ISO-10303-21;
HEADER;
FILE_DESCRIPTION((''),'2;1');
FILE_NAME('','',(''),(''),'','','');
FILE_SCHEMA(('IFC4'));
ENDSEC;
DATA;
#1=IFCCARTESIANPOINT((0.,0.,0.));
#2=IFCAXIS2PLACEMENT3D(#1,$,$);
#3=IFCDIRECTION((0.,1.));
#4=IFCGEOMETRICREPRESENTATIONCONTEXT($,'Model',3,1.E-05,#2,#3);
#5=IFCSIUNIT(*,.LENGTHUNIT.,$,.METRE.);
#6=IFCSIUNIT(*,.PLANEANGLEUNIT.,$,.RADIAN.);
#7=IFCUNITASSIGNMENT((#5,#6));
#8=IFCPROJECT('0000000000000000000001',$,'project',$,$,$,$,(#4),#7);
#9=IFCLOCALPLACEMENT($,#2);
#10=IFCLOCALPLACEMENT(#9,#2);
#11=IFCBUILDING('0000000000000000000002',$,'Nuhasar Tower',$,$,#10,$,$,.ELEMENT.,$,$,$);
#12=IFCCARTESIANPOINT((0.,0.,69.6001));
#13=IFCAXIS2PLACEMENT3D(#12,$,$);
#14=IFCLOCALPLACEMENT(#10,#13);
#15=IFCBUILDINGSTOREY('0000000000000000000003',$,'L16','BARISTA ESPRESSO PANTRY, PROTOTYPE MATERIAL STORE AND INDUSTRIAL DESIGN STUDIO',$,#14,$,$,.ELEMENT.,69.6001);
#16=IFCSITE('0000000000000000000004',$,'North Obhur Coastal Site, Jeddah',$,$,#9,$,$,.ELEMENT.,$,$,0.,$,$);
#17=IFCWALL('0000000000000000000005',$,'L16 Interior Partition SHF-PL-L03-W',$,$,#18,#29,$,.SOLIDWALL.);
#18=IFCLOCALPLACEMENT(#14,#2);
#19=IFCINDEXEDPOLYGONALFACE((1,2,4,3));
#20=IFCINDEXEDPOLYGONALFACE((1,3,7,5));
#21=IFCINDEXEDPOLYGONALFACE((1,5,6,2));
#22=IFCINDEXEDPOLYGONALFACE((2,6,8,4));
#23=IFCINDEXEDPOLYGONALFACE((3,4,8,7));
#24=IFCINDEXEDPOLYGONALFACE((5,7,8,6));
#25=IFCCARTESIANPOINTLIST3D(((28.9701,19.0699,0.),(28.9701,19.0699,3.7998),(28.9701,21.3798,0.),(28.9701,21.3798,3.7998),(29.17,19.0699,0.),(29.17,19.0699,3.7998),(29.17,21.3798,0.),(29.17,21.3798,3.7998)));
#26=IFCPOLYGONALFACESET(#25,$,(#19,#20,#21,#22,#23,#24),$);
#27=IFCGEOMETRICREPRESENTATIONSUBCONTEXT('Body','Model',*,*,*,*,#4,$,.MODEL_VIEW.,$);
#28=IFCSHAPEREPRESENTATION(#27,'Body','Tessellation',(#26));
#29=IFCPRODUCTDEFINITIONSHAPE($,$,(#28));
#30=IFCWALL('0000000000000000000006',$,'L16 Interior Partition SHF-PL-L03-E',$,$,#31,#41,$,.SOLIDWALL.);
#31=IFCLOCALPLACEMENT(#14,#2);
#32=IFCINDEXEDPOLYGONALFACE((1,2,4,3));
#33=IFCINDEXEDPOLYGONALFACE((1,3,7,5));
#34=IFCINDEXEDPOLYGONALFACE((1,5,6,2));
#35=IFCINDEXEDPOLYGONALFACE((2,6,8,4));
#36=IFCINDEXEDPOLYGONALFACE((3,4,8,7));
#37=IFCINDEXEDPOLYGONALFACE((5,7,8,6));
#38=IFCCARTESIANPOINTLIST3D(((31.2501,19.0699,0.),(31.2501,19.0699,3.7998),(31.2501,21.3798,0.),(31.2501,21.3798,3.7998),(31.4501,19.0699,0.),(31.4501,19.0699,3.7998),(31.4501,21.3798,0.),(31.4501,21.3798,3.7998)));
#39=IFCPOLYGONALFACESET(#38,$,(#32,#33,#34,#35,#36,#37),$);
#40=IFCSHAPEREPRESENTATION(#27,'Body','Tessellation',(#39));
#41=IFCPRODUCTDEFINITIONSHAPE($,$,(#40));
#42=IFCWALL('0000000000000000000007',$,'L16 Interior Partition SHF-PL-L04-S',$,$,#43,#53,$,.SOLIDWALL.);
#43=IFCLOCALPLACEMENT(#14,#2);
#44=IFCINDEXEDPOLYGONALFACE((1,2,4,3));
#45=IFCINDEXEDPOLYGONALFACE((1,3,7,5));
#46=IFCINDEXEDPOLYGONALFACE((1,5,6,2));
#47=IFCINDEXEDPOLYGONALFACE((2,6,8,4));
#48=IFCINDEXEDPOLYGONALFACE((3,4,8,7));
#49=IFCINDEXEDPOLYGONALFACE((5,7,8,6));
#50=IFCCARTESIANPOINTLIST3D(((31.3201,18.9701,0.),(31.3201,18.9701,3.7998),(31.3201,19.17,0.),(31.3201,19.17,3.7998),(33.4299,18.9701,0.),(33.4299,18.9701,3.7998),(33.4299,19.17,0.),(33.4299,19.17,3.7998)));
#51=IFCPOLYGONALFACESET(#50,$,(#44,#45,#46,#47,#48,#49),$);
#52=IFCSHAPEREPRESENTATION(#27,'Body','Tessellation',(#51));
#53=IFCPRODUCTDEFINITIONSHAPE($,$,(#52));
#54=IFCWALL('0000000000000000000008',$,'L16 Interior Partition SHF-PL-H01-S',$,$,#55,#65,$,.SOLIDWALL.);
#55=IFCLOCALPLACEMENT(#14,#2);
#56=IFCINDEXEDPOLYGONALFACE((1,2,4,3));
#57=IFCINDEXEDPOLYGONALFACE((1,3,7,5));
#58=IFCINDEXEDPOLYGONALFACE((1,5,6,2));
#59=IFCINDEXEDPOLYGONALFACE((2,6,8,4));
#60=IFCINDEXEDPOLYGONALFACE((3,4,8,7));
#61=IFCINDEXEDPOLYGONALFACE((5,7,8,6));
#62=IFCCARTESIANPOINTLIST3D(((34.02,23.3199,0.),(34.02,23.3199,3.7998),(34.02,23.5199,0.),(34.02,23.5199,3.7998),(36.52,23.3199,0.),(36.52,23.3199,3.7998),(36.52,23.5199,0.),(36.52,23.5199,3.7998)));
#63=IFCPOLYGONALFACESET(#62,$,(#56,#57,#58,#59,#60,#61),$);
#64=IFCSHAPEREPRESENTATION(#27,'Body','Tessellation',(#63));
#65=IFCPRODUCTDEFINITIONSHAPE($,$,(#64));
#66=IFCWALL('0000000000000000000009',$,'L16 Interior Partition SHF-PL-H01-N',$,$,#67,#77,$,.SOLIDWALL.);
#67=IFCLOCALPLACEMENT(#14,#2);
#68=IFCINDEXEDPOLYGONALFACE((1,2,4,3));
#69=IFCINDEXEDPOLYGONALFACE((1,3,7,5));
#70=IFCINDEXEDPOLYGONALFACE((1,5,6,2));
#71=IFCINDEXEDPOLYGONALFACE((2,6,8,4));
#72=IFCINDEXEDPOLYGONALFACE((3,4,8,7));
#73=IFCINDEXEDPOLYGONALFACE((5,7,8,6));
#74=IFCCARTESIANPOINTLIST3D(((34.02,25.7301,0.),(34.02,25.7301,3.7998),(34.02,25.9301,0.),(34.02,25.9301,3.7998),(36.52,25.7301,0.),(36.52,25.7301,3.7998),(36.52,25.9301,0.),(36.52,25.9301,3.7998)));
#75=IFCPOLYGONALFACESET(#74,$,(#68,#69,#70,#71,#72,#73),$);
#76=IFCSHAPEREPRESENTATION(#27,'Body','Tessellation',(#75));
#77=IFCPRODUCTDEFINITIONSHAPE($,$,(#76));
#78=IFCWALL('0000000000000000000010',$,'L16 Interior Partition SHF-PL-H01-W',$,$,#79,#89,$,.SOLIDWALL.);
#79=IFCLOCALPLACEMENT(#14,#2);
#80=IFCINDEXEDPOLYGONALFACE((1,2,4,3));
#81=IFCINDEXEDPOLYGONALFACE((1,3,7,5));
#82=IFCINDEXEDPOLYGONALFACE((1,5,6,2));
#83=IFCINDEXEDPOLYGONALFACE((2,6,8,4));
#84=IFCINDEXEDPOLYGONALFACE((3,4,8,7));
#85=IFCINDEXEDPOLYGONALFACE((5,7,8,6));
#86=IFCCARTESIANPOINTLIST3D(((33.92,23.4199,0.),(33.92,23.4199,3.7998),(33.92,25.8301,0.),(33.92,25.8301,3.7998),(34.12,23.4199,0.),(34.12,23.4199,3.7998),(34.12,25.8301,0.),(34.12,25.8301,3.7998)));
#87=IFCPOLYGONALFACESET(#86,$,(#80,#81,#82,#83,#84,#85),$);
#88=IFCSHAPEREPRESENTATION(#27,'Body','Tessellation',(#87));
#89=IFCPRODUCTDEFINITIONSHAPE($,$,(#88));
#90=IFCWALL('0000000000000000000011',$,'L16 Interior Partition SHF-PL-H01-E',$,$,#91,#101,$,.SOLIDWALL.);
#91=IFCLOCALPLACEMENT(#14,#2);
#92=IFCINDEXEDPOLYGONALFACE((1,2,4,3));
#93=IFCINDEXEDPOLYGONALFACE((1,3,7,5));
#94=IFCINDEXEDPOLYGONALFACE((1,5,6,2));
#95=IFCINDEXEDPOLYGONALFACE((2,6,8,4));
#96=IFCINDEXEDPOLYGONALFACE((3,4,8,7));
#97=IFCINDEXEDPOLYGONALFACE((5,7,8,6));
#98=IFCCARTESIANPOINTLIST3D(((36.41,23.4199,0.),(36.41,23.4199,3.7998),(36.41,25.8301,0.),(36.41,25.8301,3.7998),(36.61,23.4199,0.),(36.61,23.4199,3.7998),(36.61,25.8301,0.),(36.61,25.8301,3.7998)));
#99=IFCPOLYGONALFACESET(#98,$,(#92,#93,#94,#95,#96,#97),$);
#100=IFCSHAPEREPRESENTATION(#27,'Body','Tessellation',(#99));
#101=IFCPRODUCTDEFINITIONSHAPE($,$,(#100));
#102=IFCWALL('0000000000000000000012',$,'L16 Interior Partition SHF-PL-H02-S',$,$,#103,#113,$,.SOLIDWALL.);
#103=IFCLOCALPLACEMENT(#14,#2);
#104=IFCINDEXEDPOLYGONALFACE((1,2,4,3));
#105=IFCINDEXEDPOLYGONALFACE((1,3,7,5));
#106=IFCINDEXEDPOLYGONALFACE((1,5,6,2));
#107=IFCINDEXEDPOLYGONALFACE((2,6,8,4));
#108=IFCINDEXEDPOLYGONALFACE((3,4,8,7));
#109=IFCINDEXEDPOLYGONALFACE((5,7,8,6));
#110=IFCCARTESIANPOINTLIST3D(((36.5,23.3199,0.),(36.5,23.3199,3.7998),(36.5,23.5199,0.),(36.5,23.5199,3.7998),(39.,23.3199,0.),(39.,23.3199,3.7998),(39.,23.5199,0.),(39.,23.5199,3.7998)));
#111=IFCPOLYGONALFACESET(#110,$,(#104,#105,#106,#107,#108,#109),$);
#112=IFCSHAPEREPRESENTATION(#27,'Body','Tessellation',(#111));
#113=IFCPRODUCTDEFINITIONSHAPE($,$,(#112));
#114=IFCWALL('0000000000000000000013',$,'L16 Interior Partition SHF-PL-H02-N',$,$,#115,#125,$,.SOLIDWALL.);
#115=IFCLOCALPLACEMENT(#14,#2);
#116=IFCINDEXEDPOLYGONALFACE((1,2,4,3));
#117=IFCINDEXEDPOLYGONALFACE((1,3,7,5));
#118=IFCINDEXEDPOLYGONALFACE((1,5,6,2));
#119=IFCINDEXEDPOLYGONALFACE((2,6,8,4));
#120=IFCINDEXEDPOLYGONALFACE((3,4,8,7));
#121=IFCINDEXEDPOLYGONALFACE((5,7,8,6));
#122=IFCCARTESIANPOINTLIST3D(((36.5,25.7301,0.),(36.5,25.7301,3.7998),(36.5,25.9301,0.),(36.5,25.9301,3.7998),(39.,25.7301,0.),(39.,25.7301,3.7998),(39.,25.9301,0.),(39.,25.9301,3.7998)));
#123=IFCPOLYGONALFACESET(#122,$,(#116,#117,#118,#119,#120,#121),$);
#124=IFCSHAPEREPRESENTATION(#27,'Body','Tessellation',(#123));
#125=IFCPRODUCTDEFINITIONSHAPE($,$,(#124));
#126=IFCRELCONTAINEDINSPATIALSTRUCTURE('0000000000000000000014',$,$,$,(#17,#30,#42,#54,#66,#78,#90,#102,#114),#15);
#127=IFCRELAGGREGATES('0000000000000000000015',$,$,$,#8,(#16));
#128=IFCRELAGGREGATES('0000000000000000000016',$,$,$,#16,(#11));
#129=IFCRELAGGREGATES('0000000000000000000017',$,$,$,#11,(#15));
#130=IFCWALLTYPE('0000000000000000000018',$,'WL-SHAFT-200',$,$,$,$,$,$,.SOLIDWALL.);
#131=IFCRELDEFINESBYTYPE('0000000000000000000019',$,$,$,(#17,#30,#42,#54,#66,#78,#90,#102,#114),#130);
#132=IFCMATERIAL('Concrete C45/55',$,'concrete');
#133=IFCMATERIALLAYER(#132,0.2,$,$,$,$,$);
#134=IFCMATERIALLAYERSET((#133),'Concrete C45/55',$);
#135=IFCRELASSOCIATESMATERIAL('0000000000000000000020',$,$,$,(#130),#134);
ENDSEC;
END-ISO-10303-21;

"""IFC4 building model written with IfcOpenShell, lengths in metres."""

from ifc_helpers import new_model, si_unit, direction, frame, frame_2d, origin, place, context, subcontext, project, spatial, rectangle, extrude, material, layer, layer_set, type_object, element, save


model = new_model("IFC4")

# Units and contexts
model_context = context("Model", 3, precision=1e-05, world=origin(), true_north=direction((0.0, 1.0)))
body_context = subcontext(model_context, "Body", "Model", "MODEL_VIEW")
ifc_project = project(units=[si_unit("LENGTHUNIT", "METRE"), si_unit("PLANEANGLEUNIT", "RADIAN")], contexts=[model_context])

# Site, building, storey
site_placement = place(None, origin())
site = spatial("IfcSite", under=ifc_project, at=site_placement, Name="North Obhur Coastal Site, Jeddah", CompositionType="ELEMENT", RefElevation=0.0)
building_placement = place(site_placement, origin())
building = spatial("IfcBuilding", under=site, at=building_placement, Name="Nuhasar Tower", CompositionType="ELEMENT")
storey_placement = place(building_placement, frame((0.0, 0.0, 69.6001)))
storey = spatial("IfcBuildingStorey", under=building, at=storey_placement, Name="L16", Description="BARISTA ESPRESSO PANTRY, PROTOTYPE MATERIAL STORE AND INDUSTRIAL DESIGN STUDIO", CompositionType="ELEMENT", Elevation=69.6001)

# Shared definitions
ifc_material_1 = material(Name="Concrete C45/55", Category="concrete")
ifc_layer_1 = layer(ifc_material_1, 0.2)
ifc_layer_set_1 = layer_set([ifc_layer_1], Name="Concrete C45/55")
wall_type_1 = type_object("IfcWallType", Name="WL-SHAFT-200", PredefinedType="SOLIDWALL", material=ifc_layer_set_1)

# Walls
for number, where, z_axis, x_axis, name in (
    (1, (29.0701, 19.0701, 0.0), (0.0, 0.0, 1.0), (0.0, 1.0, 0.0), "L16 Interior Partition SHF-PL-L03-W"),
    (2, (31.3501, 19.0701, 0.0), (0.0, 0.0, 1.0), (0.0, 1.0, 0.0), "L16 Interior Partition SHF-PL-L03-E"),
):
    element("IfcWall", number, at=place(storey_placement, frame(where, z_axis=z_axis, x_axis=x_axis)), inside=storey, type_object=wall_type_1, Name=name, PredefinedType="SOLIDWALL", context=body_context, shape_type="SweptSolid", body=[
        extrude(rectangle(XDim=2.3098, YDim=0.2, at=frame_2d((1.1548, 0.0))), origin(), (0.0, 0.0, 1.0), 3.7998),
    ])
wall_1_placement = place(storey_placement, frame((31.3201, 19.0701, 0.0), z_axis=(0.0, 0.0, 1.0), x_axis=(1.0, 0.0, 0.0)))
element("IfcWall", 3, at=wall_1_placement, inside=storey, type_object=wall_type_1, Name="L16 Interior Partition SHF-PL-L04-S", PredefinedType="SOLIDWALL", context=body_context, shape_type="SweptSolid", body=[
    extrude(rectangle(XDim=2.1099, YDim=0.2, at=frame_2d((1.0549, 0.0))), origin(), (0.0, 0.0, 1.0), 3.7998),
])

# Walls
for number, where, z_axis, x_axis, name in (
    (4, (34.02, 23.4199, 0.0), (0.0, 0.0, 1.0), (1.0, 0.0, 0.0), "L16 Interior Partition SHF-PL-H01-S"),
    (5, (34.02, 25.8301, 0.0), (0.0, 0.0, 1.0), (1.0, 0.0, 0.0), "L16 Interior Partition SHF-PL-H01-N"),
):
    element("IfcWall", number, at=place(storey_placement, frame(where, z_axis=z_axis, x_axis=x_axis)), inside=storey, type_object=wall_type_1, Name=name, PredefinedType="SOLIDWALL", context=body_context, shape_type="SweptSolid", body=[
        extrude(rectangle(XDim=2.5, YDim=0.2, at=frame_2d((1.25, 0.0))), origin(), (0.0, 0.0, 1.0), 3.7998),
    ])
for number, where, z_axis, x_axis, name in (
    (6, (34.02, 23.4199, 0.0), (0.0, 0.0, 1.0), (0.0, 1.0, 0.0), "L16 Interior Partition SHF-PL-H01-W"),
    (7, (36.51, 23.4199, 0.0), (0.0, 0.0, 1.0), (0.0, 1.0, 0.0), "L16 Interior Partition SHF-PL-H01-E"),
):
    element("IfcWall", number, at=place(storey_placement, frame(where, z_axis=z_axis, x_axis=x_axis)), inside=storey, type_object=wall_type_1, Name=name, PredefinedType="SOLIDWALL", context=body_context, shape_type="SweptSolid", body=[
        extrude(rectangle(XDim=2.4102, YDim=0.2, at=frame_2d((1.2051, 0.0))), origin(), (0.0, 0.0, 1.0), 3.7998),
    ])
for number, where, z_axis, x_axis, name in (
    (8, (36.5, 23.4199, 0.0), (0.0, 0.0, 1.0), (1.0, 0.0, 0.0), "L16 Interior Partition SHF-PL-H02-S"),
    (9, (36.5, 25.8301, 0.0), (0.0, 0.0, 1.0), (1.0, 0.0, 0.0), "L16 Interior Partition SHF-PL-H02-N"),
):
    element("IfcWall", number, at=place(storey_placement, frame(where, z_axis=z_axis, x_axis=x_axis)), inside=storey, type_object=wall_type_1, Name=name, PredefinedType="SOLIDWALL", context=body_context, shape_type="SweptSolid", body=[
        extrude(rectangle(XDim=2.5, YDim=0.2, at=frame_2d((1.25, 0.0))), origin(), (0.0, 0.0, 1.0), 3.7998),
    ])

save(model, "model.ifc")
